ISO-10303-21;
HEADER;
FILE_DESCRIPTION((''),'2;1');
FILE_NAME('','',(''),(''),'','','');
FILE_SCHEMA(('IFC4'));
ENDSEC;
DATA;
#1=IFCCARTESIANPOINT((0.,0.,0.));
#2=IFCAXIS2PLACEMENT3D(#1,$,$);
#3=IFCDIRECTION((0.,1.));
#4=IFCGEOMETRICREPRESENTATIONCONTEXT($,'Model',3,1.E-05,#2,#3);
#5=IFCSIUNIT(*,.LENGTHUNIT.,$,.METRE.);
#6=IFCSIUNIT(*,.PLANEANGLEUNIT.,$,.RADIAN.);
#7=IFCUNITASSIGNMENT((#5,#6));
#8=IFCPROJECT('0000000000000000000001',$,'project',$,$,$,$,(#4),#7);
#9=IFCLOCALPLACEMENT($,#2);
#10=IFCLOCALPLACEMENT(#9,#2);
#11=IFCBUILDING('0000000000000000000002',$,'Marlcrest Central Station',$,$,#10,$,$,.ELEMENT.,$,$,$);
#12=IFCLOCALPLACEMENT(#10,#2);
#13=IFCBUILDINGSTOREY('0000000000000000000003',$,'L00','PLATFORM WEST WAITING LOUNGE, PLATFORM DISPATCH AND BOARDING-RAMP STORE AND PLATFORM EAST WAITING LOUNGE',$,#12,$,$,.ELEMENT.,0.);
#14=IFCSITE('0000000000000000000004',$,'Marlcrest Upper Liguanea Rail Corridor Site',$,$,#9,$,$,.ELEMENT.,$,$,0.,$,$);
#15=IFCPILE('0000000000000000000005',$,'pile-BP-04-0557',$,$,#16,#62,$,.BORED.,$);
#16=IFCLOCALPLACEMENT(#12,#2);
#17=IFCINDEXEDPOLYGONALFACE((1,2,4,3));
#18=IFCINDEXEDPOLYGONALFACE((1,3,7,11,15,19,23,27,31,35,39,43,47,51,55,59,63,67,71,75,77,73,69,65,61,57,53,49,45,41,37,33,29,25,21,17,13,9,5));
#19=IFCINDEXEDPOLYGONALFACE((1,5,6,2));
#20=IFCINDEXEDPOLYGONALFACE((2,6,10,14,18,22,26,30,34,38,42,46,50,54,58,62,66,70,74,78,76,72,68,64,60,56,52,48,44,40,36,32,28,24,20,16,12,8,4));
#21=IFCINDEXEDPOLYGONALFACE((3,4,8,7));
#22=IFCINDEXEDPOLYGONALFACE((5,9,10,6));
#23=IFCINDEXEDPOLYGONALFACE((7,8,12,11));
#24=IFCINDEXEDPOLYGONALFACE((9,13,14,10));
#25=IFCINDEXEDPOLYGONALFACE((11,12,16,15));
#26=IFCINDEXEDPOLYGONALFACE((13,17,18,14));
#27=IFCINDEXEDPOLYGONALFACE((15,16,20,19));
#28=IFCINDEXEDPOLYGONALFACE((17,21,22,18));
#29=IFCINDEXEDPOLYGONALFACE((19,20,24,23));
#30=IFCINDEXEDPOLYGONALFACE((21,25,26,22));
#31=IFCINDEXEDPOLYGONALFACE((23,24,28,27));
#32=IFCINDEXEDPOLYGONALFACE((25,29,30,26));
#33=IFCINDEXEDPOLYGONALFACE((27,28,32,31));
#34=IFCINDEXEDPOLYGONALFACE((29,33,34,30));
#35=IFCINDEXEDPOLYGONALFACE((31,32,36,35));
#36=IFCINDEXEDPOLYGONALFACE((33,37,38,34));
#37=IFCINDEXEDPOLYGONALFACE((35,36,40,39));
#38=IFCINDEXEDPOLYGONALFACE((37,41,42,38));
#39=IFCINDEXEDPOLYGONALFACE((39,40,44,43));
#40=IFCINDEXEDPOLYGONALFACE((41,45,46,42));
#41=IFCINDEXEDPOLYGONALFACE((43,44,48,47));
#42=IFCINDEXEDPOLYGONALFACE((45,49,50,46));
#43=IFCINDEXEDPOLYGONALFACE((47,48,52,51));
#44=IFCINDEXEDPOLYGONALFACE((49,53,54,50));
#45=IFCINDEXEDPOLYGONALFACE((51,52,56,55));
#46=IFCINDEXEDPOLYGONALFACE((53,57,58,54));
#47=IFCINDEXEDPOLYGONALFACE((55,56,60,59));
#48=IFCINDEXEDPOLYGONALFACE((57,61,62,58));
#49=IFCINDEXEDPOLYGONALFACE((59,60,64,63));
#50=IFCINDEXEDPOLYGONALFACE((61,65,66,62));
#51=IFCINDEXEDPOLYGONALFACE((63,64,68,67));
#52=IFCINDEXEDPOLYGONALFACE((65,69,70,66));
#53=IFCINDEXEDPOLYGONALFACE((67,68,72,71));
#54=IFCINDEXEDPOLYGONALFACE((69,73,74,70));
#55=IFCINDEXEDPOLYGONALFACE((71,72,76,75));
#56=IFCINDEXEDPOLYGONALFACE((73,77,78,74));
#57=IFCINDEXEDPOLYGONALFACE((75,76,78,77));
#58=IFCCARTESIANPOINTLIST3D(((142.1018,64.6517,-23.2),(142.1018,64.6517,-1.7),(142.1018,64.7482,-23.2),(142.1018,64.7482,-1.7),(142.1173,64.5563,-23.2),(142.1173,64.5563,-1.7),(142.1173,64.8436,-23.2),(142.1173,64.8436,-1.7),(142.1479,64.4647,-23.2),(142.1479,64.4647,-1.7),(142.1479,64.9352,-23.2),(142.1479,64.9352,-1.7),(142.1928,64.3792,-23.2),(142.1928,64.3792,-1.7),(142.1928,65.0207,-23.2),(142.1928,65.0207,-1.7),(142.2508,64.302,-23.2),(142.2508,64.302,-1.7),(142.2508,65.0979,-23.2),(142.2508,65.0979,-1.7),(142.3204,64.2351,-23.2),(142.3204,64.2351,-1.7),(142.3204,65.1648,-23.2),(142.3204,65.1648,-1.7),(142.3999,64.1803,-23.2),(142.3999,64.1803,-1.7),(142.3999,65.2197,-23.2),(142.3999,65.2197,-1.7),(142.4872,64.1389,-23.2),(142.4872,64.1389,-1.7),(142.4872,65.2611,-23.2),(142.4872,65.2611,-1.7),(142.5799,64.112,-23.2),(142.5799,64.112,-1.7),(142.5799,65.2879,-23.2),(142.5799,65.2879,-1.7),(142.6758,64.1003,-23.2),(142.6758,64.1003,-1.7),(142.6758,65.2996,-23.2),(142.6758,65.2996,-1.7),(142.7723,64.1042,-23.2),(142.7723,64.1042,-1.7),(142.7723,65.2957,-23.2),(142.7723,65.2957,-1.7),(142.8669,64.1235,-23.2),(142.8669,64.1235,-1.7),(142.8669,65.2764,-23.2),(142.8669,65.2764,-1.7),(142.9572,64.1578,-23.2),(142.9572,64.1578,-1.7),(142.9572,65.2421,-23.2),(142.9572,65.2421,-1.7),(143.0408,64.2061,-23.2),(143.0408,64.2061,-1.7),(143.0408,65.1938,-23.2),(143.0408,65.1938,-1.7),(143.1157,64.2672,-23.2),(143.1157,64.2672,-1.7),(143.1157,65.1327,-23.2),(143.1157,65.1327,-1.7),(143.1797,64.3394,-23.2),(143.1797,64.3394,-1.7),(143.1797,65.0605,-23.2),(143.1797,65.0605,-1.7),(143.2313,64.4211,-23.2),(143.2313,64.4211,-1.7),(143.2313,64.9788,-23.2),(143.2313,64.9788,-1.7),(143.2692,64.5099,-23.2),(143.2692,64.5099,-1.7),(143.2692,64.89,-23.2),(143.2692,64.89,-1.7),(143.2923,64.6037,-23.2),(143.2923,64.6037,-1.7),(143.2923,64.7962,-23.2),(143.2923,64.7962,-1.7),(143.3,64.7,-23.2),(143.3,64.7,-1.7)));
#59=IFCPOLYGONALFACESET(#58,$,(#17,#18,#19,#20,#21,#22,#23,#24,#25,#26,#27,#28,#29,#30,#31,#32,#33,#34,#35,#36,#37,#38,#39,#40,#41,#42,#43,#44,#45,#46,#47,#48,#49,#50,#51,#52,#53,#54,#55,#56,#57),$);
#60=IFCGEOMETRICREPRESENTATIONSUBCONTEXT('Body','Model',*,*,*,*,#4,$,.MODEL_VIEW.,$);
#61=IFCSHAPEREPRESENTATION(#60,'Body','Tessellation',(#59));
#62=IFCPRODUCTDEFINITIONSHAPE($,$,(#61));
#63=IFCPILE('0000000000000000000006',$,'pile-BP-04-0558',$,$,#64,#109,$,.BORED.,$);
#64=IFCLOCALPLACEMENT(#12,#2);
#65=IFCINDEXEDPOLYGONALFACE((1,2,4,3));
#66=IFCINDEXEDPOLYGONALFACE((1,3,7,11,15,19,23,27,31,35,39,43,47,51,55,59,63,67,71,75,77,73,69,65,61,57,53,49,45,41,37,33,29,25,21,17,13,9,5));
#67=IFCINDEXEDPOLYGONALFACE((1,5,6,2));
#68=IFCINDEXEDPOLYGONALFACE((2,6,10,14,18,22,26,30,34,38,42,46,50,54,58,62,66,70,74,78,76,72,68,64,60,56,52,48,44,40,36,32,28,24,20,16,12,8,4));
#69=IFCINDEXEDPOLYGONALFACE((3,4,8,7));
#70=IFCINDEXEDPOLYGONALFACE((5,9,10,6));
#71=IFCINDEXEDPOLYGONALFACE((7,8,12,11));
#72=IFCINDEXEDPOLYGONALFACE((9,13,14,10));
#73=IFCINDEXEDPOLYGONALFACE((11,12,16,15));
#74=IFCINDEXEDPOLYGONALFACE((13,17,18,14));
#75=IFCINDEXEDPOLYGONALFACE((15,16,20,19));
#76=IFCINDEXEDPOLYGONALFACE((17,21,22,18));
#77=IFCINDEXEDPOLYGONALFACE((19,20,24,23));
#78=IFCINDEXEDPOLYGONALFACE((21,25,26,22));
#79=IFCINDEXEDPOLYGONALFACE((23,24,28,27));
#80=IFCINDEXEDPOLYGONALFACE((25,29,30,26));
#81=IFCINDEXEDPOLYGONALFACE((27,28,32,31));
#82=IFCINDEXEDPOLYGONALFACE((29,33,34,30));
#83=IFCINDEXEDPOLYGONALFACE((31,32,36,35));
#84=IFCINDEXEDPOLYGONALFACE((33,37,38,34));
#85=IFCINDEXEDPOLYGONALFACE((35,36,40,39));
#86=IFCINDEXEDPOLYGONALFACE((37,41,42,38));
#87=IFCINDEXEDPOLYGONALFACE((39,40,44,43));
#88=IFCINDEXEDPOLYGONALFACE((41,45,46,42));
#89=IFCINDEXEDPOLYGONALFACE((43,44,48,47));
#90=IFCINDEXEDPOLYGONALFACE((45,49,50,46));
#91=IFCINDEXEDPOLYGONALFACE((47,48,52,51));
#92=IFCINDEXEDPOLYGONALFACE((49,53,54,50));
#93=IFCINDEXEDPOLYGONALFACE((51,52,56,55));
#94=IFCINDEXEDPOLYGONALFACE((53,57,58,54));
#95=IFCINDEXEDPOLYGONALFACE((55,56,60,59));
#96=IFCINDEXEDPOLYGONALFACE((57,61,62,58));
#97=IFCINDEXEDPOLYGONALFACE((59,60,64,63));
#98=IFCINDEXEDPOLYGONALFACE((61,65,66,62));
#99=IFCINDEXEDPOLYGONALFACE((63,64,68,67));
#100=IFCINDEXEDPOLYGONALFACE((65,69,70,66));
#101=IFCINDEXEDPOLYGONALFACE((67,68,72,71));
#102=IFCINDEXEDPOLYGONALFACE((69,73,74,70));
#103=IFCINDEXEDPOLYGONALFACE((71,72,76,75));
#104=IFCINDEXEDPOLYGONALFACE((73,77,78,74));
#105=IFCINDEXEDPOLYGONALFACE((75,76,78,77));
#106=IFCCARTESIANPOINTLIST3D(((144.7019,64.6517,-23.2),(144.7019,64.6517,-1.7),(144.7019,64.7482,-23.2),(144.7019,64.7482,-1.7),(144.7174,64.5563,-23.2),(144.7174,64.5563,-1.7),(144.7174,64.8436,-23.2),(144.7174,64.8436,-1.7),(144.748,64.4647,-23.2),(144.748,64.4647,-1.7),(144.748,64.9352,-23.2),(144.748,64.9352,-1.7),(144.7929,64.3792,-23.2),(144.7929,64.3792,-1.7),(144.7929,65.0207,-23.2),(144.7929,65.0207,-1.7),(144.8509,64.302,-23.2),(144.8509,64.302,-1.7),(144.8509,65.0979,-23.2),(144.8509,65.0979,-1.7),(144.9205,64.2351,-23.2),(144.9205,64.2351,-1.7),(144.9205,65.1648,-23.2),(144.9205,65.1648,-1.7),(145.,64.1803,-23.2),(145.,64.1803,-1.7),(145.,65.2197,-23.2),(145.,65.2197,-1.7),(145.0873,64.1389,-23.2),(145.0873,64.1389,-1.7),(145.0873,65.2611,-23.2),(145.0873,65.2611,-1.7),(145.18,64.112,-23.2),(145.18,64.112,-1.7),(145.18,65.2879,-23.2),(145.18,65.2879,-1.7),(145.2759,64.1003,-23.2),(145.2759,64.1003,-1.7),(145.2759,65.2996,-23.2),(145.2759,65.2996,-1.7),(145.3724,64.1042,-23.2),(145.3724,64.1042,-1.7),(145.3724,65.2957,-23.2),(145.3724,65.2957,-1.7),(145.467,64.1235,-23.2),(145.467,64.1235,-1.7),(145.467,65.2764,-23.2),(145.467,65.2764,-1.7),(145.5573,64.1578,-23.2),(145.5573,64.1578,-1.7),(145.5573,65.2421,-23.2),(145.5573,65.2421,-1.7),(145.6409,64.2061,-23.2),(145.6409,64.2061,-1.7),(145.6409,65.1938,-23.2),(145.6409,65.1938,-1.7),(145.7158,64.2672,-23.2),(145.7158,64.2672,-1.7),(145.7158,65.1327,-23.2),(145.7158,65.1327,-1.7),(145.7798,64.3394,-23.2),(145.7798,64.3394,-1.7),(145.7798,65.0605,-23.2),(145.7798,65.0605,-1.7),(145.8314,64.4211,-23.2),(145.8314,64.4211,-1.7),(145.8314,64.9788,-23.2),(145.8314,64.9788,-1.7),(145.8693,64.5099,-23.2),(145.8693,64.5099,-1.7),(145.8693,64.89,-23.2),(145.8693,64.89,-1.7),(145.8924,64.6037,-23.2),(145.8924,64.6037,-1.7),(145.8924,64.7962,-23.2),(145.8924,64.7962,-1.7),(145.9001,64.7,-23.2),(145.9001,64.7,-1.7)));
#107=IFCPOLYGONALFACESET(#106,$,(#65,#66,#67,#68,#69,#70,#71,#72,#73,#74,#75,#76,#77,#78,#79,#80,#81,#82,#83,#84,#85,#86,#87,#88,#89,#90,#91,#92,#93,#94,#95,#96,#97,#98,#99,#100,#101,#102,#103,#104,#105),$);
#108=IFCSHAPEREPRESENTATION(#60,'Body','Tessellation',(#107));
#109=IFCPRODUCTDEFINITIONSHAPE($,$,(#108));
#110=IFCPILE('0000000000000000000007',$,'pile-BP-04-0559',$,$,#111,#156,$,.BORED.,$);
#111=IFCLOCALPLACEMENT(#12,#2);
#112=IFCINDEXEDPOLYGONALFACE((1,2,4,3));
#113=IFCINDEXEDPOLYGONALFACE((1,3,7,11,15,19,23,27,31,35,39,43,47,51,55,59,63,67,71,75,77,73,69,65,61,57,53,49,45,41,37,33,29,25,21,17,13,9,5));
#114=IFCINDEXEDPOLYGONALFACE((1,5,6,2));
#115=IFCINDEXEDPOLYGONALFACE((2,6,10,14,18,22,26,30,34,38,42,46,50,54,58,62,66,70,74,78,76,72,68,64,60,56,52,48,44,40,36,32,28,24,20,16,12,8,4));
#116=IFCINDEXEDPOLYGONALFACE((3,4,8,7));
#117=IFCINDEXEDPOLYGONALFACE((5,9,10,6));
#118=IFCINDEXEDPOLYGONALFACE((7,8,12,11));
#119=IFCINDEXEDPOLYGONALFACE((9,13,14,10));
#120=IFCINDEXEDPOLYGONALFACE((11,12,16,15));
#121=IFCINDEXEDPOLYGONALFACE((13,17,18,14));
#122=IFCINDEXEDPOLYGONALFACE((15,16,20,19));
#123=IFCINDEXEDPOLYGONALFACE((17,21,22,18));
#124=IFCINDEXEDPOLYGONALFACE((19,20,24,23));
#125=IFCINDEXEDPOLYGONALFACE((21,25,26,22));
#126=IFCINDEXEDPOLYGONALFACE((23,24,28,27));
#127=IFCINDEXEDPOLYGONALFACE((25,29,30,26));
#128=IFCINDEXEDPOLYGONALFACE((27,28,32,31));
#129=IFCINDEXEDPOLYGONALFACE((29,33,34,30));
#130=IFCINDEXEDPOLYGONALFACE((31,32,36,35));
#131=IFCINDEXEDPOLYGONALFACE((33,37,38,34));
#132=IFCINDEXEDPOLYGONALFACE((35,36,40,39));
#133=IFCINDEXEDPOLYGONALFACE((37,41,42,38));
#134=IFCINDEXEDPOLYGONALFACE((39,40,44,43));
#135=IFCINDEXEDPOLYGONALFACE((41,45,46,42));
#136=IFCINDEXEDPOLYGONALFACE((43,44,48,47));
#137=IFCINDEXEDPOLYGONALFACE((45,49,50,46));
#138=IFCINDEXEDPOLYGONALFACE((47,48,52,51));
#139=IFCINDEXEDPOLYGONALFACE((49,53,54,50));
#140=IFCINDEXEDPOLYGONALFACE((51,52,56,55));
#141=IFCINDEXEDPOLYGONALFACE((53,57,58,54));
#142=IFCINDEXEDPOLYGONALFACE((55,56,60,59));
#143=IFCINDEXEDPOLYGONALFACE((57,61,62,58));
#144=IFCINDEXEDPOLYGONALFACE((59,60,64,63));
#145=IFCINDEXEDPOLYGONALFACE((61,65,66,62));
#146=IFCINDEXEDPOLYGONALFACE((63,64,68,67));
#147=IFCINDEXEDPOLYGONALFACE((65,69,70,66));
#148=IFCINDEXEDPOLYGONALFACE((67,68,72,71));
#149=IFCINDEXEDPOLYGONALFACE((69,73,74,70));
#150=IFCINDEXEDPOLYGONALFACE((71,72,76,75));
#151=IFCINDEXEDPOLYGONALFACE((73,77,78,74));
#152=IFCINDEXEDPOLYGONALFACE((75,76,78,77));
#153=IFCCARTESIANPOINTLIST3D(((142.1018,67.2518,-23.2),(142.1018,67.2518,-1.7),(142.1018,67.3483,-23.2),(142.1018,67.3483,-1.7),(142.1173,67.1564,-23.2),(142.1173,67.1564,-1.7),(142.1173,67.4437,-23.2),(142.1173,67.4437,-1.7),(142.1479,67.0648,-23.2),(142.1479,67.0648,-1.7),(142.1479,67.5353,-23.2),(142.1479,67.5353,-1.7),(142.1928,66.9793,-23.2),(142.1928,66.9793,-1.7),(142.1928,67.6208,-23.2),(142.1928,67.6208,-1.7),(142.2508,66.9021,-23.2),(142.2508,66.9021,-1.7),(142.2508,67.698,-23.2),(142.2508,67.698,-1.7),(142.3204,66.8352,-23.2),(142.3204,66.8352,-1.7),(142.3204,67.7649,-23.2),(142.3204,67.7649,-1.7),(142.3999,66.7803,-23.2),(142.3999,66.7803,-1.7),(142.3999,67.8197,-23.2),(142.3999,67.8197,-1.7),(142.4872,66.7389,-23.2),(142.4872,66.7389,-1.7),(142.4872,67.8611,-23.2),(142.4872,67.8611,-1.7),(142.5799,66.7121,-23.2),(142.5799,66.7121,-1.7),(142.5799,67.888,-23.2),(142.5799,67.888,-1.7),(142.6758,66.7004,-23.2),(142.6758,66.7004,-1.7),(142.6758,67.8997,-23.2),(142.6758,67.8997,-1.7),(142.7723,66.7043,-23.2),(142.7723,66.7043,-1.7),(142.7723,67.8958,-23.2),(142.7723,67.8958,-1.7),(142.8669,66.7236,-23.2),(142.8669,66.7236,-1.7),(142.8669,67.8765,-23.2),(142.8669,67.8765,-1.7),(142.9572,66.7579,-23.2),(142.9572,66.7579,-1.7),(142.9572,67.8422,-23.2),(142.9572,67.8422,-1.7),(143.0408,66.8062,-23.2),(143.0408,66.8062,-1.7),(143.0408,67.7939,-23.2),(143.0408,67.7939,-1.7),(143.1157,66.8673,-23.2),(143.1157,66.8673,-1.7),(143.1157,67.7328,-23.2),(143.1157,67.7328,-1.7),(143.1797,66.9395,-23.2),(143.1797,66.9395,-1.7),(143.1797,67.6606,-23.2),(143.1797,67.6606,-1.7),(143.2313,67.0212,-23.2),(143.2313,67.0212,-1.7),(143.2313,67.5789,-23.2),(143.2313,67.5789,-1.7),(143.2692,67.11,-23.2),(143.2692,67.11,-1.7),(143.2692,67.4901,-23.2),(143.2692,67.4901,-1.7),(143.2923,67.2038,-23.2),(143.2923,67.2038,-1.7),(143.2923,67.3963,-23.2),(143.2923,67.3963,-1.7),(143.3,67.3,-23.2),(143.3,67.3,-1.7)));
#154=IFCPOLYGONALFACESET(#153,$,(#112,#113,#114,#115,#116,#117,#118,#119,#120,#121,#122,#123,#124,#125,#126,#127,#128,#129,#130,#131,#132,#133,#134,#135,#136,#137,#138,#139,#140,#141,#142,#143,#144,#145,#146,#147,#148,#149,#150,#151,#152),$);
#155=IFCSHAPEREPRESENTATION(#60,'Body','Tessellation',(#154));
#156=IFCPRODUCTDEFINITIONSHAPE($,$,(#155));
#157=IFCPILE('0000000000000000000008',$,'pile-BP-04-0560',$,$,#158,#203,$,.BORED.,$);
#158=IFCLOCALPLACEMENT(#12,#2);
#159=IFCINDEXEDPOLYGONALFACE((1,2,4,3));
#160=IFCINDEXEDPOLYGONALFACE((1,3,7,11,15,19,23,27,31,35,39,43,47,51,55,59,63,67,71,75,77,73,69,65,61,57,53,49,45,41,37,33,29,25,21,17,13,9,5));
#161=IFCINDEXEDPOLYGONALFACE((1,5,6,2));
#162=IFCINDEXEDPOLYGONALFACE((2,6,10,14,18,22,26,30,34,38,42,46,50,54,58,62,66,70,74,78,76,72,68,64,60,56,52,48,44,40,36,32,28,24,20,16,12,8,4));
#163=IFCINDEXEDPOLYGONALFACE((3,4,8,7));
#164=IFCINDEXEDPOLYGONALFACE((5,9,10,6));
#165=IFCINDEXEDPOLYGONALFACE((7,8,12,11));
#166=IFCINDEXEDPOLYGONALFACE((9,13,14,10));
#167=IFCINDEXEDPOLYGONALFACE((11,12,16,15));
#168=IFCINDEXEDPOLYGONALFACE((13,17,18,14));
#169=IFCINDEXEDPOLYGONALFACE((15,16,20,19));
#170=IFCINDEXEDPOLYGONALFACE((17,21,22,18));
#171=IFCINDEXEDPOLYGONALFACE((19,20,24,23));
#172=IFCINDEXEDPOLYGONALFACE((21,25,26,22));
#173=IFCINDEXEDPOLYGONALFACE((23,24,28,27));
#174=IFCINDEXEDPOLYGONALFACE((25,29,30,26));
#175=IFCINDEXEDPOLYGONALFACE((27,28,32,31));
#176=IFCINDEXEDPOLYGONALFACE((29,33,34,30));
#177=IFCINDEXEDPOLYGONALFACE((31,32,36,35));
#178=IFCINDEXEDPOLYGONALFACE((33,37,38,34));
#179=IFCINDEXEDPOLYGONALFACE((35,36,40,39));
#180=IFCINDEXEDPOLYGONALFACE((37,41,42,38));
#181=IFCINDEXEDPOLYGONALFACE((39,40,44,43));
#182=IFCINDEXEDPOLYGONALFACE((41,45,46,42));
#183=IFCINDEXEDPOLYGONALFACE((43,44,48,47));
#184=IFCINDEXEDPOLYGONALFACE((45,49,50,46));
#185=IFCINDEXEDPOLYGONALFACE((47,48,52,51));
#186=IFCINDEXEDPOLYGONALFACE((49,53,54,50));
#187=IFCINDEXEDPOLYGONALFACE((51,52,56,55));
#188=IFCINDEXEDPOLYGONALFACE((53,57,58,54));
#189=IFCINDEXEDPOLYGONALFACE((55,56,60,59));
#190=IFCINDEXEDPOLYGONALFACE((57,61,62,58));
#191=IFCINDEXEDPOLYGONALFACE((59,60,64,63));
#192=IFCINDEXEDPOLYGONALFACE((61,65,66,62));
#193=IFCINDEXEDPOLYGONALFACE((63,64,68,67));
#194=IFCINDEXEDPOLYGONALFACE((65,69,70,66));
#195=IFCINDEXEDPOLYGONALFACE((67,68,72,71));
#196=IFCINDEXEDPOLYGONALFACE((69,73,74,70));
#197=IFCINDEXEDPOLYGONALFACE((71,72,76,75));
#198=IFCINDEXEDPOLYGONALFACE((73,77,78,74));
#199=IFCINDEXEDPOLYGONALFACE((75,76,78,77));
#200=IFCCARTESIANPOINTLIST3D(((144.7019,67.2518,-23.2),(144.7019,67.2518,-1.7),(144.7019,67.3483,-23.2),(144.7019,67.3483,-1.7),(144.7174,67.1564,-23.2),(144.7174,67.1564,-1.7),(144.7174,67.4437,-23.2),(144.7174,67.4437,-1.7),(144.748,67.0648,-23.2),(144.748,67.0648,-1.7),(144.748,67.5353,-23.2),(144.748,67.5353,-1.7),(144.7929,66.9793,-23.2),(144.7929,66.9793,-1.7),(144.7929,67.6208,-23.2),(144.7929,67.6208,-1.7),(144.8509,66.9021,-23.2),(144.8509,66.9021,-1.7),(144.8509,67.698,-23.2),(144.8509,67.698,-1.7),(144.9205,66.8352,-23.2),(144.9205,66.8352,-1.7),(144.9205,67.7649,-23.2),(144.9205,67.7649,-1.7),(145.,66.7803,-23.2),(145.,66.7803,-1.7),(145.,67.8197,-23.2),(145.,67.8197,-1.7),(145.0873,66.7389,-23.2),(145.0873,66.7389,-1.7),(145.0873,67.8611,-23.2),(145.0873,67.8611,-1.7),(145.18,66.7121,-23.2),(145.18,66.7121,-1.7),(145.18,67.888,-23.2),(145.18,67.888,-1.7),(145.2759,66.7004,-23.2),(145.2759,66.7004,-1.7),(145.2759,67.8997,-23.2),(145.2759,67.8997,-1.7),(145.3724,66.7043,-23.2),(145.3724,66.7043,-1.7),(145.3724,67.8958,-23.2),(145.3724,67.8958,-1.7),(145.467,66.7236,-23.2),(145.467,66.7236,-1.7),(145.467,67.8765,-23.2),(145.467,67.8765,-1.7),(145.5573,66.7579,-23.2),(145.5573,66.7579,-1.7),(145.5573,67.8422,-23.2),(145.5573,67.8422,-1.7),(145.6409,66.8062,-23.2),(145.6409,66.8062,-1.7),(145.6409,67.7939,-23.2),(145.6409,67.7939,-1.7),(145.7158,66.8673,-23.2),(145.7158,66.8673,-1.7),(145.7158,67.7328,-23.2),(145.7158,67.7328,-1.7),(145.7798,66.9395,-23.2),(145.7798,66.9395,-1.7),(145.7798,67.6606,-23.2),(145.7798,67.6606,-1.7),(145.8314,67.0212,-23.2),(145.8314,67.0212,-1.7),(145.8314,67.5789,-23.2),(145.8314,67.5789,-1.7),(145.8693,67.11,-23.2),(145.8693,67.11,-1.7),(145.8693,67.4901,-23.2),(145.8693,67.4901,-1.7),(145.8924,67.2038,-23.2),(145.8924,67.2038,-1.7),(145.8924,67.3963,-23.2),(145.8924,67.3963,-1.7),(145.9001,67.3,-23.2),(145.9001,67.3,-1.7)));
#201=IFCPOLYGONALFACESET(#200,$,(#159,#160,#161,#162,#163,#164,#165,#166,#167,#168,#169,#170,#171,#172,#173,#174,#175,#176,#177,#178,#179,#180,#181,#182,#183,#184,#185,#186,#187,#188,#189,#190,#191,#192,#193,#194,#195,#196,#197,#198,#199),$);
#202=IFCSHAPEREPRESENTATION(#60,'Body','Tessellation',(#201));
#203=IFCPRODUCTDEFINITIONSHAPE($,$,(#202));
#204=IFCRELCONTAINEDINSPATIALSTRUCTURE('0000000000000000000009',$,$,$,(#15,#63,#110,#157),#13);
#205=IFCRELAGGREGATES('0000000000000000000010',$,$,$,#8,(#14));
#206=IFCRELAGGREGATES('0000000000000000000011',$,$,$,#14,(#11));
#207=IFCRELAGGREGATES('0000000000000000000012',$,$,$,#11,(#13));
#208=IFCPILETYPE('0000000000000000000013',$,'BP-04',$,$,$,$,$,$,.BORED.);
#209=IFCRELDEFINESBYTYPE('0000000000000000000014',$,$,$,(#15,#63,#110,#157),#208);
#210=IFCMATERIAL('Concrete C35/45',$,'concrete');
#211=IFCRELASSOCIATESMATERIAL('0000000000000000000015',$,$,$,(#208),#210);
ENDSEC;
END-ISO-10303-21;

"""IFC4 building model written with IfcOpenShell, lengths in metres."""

from ifc_helpers import new_model, si_unit, direction, frame, origin, origin_2d, place, context, subcontext, project, spatial, circle, extrude, material, material_profile, profile_set, type_object, element, save


model = new_model("IFC4")

# Units and contexts
model_context = context("Model", 3, precision=1e-05, world=origin(), true_north=direction((0.0, 1.0)))
body_context = subcontext(model_context, "Body", "Model", "MODEL_VIEW")
ifc_project = project(units=[si_unit("LENGTHUNIT", "METRE"), si_unit("PLANEANGLEUNIT", "RADIAN")], contexts=[model_context])

# Site, building, storey
site_placement = place(None, origin())
site = spatial("IfcSite", under=ifc_project, at=site_placement, Name="Marlcrest Upper Liguanea Rail Corridor Site", CompositionType="ELEMENT", RefElevation=0.0)
building_placement = place(site_placement, origin())
building = spatial("IfcBuilding", under=site, at=building_placement, Name="Marlcrest Central Station", CompositionType="ELEMENT")
storey_placement = place(building_placement, origin())
storey = spatial("IfcBuildingStorey", under=building, at=storey_placement, Name="L00", Description="PLATFORM WEST WAITING LOUNGE, PLATFORM DISPATCH AND BOARDING-RAMP STORE AND PLATFORM EAST WAITING LOUNGE", CompositionType="ELEMENT", Elevation=0.0)

# Piles
ifc_material_1 = material(Name="Concrete C35/45", Category="concrete")
ifc_material_profile_1 = material_profile(ifc_material_1, circle(Radius=0.6001, at=origin_2d()), Name="PILE D1200")
ifc_profile_set_1 = profile_set([ifc_material_profile_1], Name="Concrete C35/45")
pile_type = type_object("IfcPileType", Name="BP-04", PredefinedType="BORED", material=ifc_profile_set_1)
for number, where, z_axis, x_axis, name in (
    (1, (142.7, 64.7, -1.7), (0.0, 0.0, -1.0), (1.0, 0.0, 0.0), "pile-BP-04-0557"),
    (2, (145.3, 64.7, -1.7), (0.0, 0.0, -1.0), (1.0, 0.0, 0.0), "pile-BP-04-0558"),
    (3, (142.7, 67.3, -1.7), (0.0, 0.0, -1.0), (1.0, 0.0, 0.0), "pile-BP-04-0559"),
    (4, (145.3, 67.3, -1.7), (0.0, 0.0, -1.0), (1.0, 0.0, 0.0), "pile-BP-04-0560"),
):
    element("IfcPile", number, at=place(storey_placement, frame(where, z_axis=z_axis, x_axis=x_axis)), inside=storey, type_object=pile_type, Name=name, PredefinedType="BORED", context=body_context, shape_type="SweptSolid", body=[
        extrude(circle(Radius=0.6001, at=origin_2d()), origin(), (0.0, 0.0, 1.0), 21.5),
    ])

save(model, "model.ifc")
